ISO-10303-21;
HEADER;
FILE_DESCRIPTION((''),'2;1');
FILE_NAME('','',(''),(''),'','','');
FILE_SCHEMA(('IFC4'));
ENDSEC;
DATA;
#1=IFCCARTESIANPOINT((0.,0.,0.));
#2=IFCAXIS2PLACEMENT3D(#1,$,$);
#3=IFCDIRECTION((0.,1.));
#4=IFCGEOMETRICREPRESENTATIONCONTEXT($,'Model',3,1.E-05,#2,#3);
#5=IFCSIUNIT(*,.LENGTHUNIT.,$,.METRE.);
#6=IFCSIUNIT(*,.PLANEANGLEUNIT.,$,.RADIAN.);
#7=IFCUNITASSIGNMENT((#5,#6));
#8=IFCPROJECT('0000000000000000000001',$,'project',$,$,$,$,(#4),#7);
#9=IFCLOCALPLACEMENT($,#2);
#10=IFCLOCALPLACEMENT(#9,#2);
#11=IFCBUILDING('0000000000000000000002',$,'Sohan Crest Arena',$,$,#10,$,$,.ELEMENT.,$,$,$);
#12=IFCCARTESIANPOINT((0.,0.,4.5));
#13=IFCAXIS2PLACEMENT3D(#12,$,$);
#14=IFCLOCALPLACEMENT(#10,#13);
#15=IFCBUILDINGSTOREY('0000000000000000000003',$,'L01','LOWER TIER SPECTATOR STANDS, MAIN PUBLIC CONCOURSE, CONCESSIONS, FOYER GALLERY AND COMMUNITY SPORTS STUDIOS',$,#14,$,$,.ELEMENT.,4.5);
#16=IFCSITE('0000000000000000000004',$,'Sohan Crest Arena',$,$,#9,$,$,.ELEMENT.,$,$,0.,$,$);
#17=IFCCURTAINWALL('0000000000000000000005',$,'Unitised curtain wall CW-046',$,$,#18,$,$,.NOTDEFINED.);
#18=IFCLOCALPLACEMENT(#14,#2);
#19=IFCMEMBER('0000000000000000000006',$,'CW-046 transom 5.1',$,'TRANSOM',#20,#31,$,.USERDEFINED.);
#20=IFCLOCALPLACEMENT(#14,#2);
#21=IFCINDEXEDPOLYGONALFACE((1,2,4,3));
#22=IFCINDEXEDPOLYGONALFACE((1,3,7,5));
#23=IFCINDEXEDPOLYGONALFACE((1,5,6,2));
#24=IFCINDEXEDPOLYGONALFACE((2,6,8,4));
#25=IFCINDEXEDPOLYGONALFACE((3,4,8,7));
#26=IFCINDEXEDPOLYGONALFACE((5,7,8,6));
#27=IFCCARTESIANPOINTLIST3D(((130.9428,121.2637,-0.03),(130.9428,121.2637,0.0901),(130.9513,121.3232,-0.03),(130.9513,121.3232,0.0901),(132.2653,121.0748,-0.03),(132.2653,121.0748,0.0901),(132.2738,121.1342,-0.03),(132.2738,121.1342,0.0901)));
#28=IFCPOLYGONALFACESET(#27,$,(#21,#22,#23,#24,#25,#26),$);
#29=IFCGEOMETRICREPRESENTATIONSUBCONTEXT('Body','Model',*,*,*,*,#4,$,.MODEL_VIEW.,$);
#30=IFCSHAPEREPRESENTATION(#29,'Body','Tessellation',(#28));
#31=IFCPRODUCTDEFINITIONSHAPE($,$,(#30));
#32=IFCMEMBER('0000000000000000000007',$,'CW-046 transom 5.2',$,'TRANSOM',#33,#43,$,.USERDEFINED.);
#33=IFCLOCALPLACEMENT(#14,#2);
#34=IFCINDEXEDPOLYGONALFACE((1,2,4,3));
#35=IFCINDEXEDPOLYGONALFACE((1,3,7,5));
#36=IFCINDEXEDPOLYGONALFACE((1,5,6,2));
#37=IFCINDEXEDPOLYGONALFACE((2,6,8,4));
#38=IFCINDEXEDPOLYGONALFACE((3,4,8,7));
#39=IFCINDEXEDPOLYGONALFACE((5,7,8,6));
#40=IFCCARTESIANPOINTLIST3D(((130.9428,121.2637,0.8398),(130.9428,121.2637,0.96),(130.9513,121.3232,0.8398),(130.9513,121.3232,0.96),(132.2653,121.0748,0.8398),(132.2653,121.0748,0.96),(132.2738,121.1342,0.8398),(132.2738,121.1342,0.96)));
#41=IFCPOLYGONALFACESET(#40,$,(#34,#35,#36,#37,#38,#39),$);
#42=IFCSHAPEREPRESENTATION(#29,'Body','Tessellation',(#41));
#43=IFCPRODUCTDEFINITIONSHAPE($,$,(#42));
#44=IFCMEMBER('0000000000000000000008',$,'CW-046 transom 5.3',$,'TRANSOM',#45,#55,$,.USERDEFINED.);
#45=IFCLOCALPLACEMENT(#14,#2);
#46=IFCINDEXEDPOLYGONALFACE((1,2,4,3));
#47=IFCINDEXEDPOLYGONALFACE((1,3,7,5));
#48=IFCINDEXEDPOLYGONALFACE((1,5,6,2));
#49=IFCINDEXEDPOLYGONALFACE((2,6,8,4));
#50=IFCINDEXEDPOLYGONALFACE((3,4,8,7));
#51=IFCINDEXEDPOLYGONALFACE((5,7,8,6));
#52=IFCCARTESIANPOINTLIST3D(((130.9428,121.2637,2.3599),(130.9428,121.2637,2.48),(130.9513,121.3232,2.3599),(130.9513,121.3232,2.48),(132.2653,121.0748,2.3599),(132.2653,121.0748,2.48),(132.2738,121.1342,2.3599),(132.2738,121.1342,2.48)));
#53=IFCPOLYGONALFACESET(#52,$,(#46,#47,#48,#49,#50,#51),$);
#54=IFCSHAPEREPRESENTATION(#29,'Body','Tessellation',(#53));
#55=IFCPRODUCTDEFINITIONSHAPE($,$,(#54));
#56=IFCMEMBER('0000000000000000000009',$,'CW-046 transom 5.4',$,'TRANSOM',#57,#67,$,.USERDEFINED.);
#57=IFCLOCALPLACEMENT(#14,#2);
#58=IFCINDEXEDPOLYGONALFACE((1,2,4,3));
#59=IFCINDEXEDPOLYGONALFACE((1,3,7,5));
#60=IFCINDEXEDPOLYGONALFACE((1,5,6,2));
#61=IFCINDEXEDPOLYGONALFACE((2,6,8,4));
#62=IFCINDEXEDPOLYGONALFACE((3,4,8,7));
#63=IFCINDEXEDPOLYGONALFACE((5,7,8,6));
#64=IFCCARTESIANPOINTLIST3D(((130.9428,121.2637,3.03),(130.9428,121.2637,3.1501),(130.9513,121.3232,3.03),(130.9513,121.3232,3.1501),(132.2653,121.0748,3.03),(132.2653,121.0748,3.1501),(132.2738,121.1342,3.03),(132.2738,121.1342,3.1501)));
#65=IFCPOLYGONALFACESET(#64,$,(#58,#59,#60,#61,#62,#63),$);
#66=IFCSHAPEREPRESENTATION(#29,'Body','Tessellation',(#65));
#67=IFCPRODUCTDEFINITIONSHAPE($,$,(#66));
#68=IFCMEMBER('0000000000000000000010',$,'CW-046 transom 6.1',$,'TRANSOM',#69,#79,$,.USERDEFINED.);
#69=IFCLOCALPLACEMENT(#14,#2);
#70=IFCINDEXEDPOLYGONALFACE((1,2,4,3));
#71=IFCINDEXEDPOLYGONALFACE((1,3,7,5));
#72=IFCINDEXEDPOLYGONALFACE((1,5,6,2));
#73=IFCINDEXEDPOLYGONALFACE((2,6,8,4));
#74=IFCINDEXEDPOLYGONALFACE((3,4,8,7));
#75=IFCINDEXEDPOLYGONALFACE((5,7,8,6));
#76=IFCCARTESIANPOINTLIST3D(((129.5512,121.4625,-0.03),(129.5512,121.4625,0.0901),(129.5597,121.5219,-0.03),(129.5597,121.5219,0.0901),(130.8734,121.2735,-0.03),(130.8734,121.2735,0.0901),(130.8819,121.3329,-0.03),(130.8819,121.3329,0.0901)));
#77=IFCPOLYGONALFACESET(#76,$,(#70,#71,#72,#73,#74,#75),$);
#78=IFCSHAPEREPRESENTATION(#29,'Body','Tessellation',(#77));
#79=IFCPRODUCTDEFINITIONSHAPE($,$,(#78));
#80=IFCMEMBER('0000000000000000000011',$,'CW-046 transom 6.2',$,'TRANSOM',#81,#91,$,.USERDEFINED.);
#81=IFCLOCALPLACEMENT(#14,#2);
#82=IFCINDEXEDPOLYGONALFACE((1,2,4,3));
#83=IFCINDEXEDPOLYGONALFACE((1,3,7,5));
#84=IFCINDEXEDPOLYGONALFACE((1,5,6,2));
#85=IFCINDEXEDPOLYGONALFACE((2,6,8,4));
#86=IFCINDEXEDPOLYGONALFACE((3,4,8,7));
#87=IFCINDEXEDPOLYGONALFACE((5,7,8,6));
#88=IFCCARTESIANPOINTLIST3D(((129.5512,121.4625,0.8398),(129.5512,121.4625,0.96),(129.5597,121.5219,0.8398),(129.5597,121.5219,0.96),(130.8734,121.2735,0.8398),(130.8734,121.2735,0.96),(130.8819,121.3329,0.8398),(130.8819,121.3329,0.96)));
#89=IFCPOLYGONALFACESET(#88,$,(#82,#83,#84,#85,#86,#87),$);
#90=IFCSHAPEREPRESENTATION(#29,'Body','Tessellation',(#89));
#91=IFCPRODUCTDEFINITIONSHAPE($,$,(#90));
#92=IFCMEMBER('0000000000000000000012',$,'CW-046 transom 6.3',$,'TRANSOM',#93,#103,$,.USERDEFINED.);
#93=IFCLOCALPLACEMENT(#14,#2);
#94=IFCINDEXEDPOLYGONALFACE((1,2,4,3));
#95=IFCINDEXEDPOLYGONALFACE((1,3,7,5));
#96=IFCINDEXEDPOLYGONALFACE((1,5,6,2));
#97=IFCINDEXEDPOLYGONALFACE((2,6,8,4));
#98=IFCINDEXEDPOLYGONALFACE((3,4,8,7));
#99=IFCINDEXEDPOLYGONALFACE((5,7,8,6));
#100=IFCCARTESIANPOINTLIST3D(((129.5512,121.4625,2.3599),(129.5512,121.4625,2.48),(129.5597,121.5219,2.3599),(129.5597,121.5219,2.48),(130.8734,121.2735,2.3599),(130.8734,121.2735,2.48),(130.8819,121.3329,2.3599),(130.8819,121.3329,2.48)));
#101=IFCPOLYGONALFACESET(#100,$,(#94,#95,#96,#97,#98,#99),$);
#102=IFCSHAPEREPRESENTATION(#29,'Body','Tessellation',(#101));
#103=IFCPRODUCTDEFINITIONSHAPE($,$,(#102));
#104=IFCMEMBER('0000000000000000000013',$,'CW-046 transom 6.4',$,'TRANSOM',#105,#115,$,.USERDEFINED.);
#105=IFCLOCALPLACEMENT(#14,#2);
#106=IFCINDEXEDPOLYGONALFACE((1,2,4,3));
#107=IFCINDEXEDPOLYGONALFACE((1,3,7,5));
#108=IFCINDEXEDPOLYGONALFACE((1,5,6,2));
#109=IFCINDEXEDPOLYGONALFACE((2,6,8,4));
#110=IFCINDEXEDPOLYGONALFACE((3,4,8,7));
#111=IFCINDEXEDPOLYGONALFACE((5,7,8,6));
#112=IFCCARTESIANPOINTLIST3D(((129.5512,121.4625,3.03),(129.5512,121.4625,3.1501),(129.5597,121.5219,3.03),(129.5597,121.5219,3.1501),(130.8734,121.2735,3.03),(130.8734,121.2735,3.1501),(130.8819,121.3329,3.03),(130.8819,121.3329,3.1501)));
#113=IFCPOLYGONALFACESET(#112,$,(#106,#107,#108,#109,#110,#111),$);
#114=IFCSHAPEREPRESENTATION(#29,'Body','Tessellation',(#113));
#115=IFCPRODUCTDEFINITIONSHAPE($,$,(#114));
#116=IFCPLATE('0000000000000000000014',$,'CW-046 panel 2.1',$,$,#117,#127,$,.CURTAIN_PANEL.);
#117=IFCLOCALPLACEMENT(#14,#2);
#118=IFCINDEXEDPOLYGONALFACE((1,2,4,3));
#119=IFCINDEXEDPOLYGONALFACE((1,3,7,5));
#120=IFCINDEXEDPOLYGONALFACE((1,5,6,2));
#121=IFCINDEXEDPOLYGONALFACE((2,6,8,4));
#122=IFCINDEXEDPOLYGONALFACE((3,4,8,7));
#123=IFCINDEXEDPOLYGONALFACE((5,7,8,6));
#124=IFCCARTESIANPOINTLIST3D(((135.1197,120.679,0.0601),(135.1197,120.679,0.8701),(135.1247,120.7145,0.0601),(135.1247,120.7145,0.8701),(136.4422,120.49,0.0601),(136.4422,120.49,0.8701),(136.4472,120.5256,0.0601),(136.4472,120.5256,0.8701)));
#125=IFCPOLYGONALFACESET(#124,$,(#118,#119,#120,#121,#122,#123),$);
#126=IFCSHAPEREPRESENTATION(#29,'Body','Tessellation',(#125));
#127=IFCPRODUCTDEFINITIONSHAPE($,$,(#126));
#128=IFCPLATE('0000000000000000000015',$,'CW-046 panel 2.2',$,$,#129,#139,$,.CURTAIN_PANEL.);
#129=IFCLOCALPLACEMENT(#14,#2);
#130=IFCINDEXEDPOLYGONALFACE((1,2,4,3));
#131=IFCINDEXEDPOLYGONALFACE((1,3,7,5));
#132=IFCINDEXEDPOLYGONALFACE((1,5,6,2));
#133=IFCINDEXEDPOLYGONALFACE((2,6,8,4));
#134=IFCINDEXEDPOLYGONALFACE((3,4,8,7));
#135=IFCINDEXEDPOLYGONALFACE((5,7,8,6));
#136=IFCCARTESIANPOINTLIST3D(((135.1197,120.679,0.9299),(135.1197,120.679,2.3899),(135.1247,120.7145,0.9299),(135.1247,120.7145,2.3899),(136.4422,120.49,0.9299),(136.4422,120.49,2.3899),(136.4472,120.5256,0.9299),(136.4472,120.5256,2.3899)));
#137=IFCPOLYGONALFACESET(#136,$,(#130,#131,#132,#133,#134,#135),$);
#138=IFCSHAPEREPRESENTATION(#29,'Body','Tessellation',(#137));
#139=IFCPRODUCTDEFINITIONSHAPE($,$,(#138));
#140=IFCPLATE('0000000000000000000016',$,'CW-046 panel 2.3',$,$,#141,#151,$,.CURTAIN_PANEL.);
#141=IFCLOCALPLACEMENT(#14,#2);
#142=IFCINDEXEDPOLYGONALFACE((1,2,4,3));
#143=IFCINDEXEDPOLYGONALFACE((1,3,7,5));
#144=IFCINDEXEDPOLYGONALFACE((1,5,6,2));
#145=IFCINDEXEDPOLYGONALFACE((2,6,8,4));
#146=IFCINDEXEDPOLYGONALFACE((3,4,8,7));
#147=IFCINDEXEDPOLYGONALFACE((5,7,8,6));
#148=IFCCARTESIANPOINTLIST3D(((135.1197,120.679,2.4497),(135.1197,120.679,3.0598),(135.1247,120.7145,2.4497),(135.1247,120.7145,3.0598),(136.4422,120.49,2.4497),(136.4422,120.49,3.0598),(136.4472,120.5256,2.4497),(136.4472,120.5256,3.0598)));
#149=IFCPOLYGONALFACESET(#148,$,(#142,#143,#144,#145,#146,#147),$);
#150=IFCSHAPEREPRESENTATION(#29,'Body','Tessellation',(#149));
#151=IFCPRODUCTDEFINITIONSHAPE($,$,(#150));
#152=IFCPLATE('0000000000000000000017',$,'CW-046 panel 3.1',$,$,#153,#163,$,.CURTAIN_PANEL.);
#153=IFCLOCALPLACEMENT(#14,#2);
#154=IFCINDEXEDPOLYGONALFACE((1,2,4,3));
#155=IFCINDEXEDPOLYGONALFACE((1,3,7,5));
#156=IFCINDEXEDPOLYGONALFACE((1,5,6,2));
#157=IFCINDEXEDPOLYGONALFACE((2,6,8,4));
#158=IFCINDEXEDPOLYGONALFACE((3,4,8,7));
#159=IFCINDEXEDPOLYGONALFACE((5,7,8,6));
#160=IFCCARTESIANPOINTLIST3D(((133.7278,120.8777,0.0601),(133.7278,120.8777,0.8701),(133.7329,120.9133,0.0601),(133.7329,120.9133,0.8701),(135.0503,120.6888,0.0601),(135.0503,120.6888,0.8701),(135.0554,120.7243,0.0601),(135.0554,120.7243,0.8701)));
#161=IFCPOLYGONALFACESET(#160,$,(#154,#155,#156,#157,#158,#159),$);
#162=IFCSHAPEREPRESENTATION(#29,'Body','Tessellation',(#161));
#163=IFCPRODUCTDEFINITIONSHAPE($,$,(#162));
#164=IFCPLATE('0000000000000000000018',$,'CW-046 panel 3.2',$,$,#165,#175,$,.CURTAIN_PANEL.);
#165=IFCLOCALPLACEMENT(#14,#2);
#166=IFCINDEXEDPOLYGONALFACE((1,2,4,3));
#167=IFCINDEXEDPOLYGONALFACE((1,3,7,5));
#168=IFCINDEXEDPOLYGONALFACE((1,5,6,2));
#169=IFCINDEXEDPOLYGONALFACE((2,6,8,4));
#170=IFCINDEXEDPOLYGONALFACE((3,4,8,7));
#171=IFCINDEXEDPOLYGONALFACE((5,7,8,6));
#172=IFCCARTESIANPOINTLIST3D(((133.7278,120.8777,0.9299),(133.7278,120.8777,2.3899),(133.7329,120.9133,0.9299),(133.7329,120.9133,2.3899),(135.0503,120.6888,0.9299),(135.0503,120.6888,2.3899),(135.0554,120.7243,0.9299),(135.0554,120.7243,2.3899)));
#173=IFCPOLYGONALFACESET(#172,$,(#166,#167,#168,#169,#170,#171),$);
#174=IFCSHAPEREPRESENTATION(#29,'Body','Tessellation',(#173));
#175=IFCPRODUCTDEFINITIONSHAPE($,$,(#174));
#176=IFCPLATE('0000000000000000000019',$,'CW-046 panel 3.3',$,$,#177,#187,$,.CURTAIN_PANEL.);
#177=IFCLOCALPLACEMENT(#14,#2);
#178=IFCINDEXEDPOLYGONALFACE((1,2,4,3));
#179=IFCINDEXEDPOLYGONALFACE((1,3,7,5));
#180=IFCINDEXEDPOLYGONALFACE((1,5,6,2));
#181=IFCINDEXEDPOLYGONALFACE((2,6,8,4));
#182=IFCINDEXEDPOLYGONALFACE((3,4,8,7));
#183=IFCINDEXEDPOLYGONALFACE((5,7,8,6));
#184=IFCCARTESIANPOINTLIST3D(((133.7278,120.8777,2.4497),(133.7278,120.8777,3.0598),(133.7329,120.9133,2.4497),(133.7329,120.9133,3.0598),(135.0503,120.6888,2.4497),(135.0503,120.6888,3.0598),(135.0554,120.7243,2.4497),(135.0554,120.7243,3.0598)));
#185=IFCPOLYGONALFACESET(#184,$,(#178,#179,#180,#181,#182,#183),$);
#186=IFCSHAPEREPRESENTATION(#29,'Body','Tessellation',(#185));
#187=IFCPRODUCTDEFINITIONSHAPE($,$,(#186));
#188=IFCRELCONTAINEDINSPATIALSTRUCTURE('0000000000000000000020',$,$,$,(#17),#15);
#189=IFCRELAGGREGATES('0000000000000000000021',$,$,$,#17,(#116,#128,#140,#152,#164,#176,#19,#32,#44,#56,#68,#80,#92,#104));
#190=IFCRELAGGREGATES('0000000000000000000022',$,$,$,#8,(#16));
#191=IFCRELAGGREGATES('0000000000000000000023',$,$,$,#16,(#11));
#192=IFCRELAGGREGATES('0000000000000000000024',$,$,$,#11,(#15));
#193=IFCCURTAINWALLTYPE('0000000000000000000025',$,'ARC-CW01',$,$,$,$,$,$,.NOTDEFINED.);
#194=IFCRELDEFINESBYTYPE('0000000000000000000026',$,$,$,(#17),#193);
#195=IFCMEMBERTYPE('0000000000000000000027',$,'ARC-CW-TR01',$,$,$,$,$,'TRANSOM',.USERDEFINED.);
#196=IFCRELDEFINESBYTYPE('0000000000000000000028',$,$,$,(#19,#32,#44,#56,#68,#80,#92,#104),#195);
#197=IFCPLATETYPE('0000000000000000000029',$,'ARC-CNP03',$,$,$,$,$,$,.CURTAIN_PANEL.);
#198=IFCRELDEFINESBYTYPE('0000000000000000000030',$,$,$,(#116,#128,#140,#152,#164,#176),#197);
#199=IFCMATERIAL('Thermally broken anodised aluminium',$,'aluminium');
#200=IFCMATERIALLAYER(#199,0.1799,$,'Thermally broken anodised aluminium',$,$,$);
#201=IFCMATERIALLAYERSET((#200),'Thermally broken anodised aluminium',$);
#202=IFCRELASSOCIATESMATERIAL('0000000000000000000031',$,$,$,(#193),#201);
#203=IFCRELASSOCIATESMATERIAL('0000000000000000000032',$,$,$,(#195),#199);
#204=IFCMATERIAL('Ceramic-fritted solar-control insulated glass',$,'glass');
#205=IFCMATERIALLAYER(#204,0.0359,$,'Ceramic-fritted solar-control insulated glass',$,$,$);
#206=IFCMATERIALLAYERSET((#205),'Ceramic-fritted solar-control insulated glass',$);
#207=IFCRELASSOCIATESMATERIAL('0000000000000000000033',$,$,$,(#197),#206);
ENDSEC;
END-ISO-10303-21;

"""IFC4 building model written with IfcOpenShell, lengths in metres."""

from ifc_helpers import new_model, si_unit, direction, frame, origin, origin_2d, place, context, subcontext, project, spatial, rectangle, extrude, material, layer, layer_set, material_profile, profile_set, type_object, element, aggregate, save


model = new_model("IFC4")

# Units and contexts
model_context = context("Model", 3, precision=1e-05, world=origin(), true_north=direction((0.0, 1.0)))
body_context = subcontext(model_context, "Body", "Model", "MODEL_VIEW")
ifc_project = project(units=[si_unit("LENGTHUNIT", "METRE"), si_unit("PLANEANGLEUNIT", "RADIAN")], contexts=[model_context])

# Site, building, storey
site_placement = place(None, origin())
site = spatial("IfcSite", under=ifc_project, at=site_placement, Name="Sohan Crest Arena", CompositionType="ELEMENT", RefElevation=0.0)
building_placement = place(site_placement, origin())
building = spatial("IfcBuilding", under=site, at=building_placement, Name="Sohan Crest Arena", CompositionType="ELEMENT")
storey_placement = place(building_placement, frame((0.0, 0.0, 4.5)))
storey = spatial("IfcBuildingStorey", under=building, at=storey_placement, Name="L01", Description="LOWER TIER SPECTATOR STANDS, MAIN PUBLIC CONCOURSE, CONCESSIONS, FOYER GALLERY AND COMMUNITY SPORTS STUDIOS", CompositionType="ELEMENT", Elevation=4.5)

# Curtain wall, members, plates
ifc_material_1 = material(Name="Thermally broken anodised aluminium", Category="aluminium")
ifc_layer_1 = layer(ifc_material_1, 0.1799, Name="Thermally broken anodised aluminium")
ifc_layer_set_1 = layer_set([ifc_layer_1], Name="Thermally broken anodised aluminium")
curtain_wall_type = type_object("IfcCurtainWallType", Name="ARC-CW01", PredefinedType="NOTDEFINED", material=ifc_layer_set_1)
curtain_wall_placement = place(storey_placement, origin())
curtain_wall = element("IfcCurtainWall", 1, at=curtain_wall_placement, inside=storey, type_object=curtain_wall_type, Name="Unitised curtain wall CW-046", PredefinedType="NOTDEFINED")
ifc_material_profile_1 = material_profile(ifc_material_1, rectangle(XDim=0.0601, YDim=0.1201, at=origin_2d()), Name="ALU-TRAN 60x120")
ifc_profile_set_1 = profile_set([ifc_material_profile_1], Name="Thermally broken anodised aluminium")
member_type_1 = type_object("IfcMemberType", Name="ARC-CW-TR01", ElementType="TRANSOM", PredefinedType="USERDEFINED", material=ifc_profile_set_1)
member_1_placement = place(storey_placement, frame((132.2695, 121.1045, 0.03), z_axis=(-0.989946, 0.141447, 0.0), x_axis=(-0.141447, -0.989946, 0.0)))
member_1 = element("IfcMember", 2, at=member_1_placement, type_object=member_type_1, Name="CW-046 transom 5.1", ObjectType="TRANSOM", PredefinedType="USERDEFINED", context=body_context, shape_type="SweptSolid", body=[
    extrude(rectangle(XDim=0.0601, YDim=0.1201, at=origin_2d()), origin(), (0.0, 0.0, 1.0), 1.3359),
])
member_2_placement = place(storey_placement, frame((132.2695, 121.1045, 0.8999), z_axis=(-0.989946, 0.141447, 0.0), x_axis=(-0.141447, -0.989946, 0.0)))
member_2 = element("IfcMember", 3, at=member_2_placement, type_object=member_type_1, Name="CW-046 transom 5.2", ObjectType="TRANSOM", PredefinedType="USERDEFINED", context=body_context, shape_type="SweptSolid", body=[
    extrude(rectangle(XDim=0.0601, YDim=0.1201, at=origin_2d()), origin(), (0.0, 0.0, 1.0), 1.3359),
])
member_3_placement = place(storey_placement, frame((132.2695, 121.1045, 2.4199), z_axis=(-0.989946, 0.141447, 0.0), x_axis=(-0.141447, -0.989946, 0.0)))
member_3 = element("IfcMember", 4, at=member_3_placement, type_object=member_type_1, Name="CW-046 transom 5.3", ObjectType="TRANSOM", PredefinedType="USERDEFINED", context=body_context, shape_type="SweptSolid", body=[
    extrude(rectangle(XDim=0.0601, YDim=0.1201, at=origin_2d()), origin(), (0.0, 0.0, 1.0), 1.3359),
])
member_4_placement = place(storey_placement, frame((132.2695, 121.1045, 3.0901), z_axis=(-0.989946, 0.141447, 0.0), x_axis=(-0.141447, -0.989946, 0.0)))
member_4 = element("IfcMember", 5, at=member_4_placement, type_object=member_type_1, Name="CW-046 transom 5.4", ObjectType="TRANSOM", PredefinedType="USERDEFINED", context=body_context, shape_type="SweptSolid", body=[
    extrude(rectangle(XDim=0.0601, YDim=0.1201, at=origin_2d()), origin(), (0.0, 0.0, 1.0), 1.3359),
])
member_5_placement = place(storey_placement, frame((130.8777, 121.3032, 0.03), z_axis=(-0.989942, 0.141473, 0.0), x_axis=(-0.141473, -0.989942, 0.0)))
member_5 = element("IfcMember", 6, at=member_5_placement, type_object=member_type_1, Name="CW-046 transom 6.1", ObjectType="TRANSOM", PredefinedType="USERDEFINED", context=body_context, shape_type="SweptSolid", body=[
    extrude(rectangle(XDim=0.0601, YDim=0.1201, at=origin_2d()), origin(), (0.0, 0.0, 1.0), 1.3357),
])
member_6_placement = place(storey_placement, frame((130.8777, 121.3032, 0.8999), z_axis=(-0.989942, 0.141473, 0.0), x_axis=(-0.141473, -0.989942, 0.0)))
member_6 = element("IfcMember", 7, at=member_6_placement, type_object=member_type_1, Name="CW-046 transom 6.2", ObjectType="TRANSOM", PredefinedType="USERDEFINED", context=body_context, shape_type="SweptSolid", body=[
    extrude(rectangle(XDim=0.0601, YDim=0.1201, at=origin_2d()), origin(), (0.0, 0.0, 1.0), 1.3357),
])
member_7_placement = place(storey_placement, frame((130.8777, 121.3032, 2.4199), z_axis=(-0.989942, 0.141473, 0.0), x_axis=(-0.141473, -0.989942, 0.0)))
member_7 = element("IfcMember", 8, at=member_7_placement, type_object=member_type_1, Name="CW-046 transom 6.3", ObjectType="TRANSOM", PredefinedType="USERDEFINED", context=body_context, shape_type="SweptSolid", body=[
    extrude(rectangle(XDim=0.0601, YDim=0.1201, at=origin_2d()), origin(), (0.0, 0.0, 1.0), 1.3357),
])
member_8_placement = place(storey_placement, frame((130.8777, 121.3032, 3.0901), z_axis=(-0.989942, 0.141473, 0.0), x_axis=(-0.141473, -0.989942, 0.0)))
member_8 = element("IfcMember", 9, at=member_8_placement, type_object=member_type_1, Name="CW-046 transom 6.4", ObjectType="TRANSOM", PredefinedType="USERDEFINED", context=body_context, shape_type="SweptSolid", body=[
    extrude(rectangle(XDim=0.0601, YDim=0.1201, at=origin_2d()), origin(), (0.0, 0.0, 1.0), 1.3357),
])
ifc_material_2 = material(Name="Ceramic-fritted solar-control insulated glass", Category="glass")
ifc_layer_2 = layer(ifc_material_2, 0.0359, Name="Ceramic-fritted solar-control insulated glass")
ifc_layer_set_2 = layer_set([ifc_layer_2], Name="Ceramic-fritted solar-control insulated glass")
plate_type = type_object("IfcPlateType", Name="ARC-CNP03", PredefinedType="CURTAIN_PANEL", material=ifc_layer_set_2)
plate_1_placement = place(storey_placement, frame((135.7834, 120.6023, 0.0601), z_axis=(0.0, 0.0, 1.0), x_axis=(-0.989945, 0.14145, 0.0)))
plate_1 = element("IfcPlate", 10, at=plate_1_placement, type_object=plate_type, Name="CW-046 panel 2.1", PredefinedType="CURTAIN_PANEL", context=body_context, shape_type="SweptSolid", body=[
    extrude(rectangle(XDim=1.3359, YDim=0.0359, at=origin_2d()), origin(), (0.0, 0.0, 1.0), 0.8101),
])
plate_2_placement = place(storey_placement, frame((135.7834, 120.6023, 0.9299), z_axis=(0.0, 0.0, 1.0), x_axis=(-0.989945, 0.14145, 0.0)))
plate_2 = element("IfcPlate", 11, at=plate_2_placement, type_object=plate_type, Name="CW-046 panel 2.2", PredefinedType="CURTAIN_PANEL", context=body_context, shape_type="SweptSolid", body=[
    extrude(rectangle(XDim=1.3359, YDim=0.0359, at=origin_2d()), origin(), (0.0, 0.0, 1.0), 1.46),
])
plate_3_placement = place(storey_placement, frame((135.7834, 120.6023, 2.4497), z_axis=(0.0, 0.0, 1.0), x_axis=(-0.989945, 0.14145, 0.0)))
plate_3 = element("IfcPlate", 12, at=plate_3_placement, type_object=plate_type, Name="CW-046 panel 2.3", PredefinedType="CURTAIN_PANEL", context=body_context, shape_type="SweptSolid", body=[
    extrude(rectangle(XDim=1.3359, YDim=0.0359, at=origin_2d()), origin(), (0.0, 0.0, 1.0), 0.6101),
])
plate_4_placement = place(storey_placement, frame((134.3916, 120.801, 0.0601), z_axis=(0.0, 0.0, 1.0), x_axis=(-0.989945, 0.14145, 0.0)))
plate_4 = element("IfcPlate", 13, at=plate_4_placement, type_object=plate_type, Name="CW-046 panel 3.1", PredefinedType="CURTAIN_PANEL", context=body_context, shape_type="SweptSolid", body=[
    extrude(rectangle(XDim=1.3359, YDim=0.0359, at=origin_2d()), origin(), (0.0, 0.0, 1.0), 0.8101),
])
plate_5_placement = place(storey_placement, frame((134.3916, 120.801, 0.9299), z_axis=(0.0, 0.0, 1.0), x_axis=(-0.989945, 0.14145, 0.0)))
plate_5 = element("IfcPlate", 14, at=plate_5_placement, type_object=plate_type, Name="CW-046 panel 3.2", PredefinedType="CURTAIN_PANEL", context=body_context, shape_type="SweptSolid", body=[
    extrude(rectangle(XDim=1.3359, YDim=0.0359, at=origin_2d()), origin(), (0.0, 0.0, 1.0), 1.46),
])
plate_6_placement = place(storey_placement, frame((134.3916, 120.801, 2.4497), z_axis=(0.0, 0.0, 1.0), x_axis=(-0.989945, 0.14145, 0.0)))
plate_6 = element("IfcPlate", 15, at=plate_6_placement, type_object=plate_type, Name="CW-046 panel 3.3", PredefinedType="CURTAIN_PANEL", context=body_context, shape_type="SweptSolid", body=[
    extrude(rectangle(XDim=1.3359, YDim=0.0359, at=origin_2d()), origin(), (0.0, 0.0, 1.0), 0.6101),
])
aggregate(curtain_wall, [plate_1, plate_2, plate_3, plate_4, plate_5, plate_6, member_1, member_2, member_3, member_4, member_5, member_6, member_7, member_8])

save(model, "model.ifc")
